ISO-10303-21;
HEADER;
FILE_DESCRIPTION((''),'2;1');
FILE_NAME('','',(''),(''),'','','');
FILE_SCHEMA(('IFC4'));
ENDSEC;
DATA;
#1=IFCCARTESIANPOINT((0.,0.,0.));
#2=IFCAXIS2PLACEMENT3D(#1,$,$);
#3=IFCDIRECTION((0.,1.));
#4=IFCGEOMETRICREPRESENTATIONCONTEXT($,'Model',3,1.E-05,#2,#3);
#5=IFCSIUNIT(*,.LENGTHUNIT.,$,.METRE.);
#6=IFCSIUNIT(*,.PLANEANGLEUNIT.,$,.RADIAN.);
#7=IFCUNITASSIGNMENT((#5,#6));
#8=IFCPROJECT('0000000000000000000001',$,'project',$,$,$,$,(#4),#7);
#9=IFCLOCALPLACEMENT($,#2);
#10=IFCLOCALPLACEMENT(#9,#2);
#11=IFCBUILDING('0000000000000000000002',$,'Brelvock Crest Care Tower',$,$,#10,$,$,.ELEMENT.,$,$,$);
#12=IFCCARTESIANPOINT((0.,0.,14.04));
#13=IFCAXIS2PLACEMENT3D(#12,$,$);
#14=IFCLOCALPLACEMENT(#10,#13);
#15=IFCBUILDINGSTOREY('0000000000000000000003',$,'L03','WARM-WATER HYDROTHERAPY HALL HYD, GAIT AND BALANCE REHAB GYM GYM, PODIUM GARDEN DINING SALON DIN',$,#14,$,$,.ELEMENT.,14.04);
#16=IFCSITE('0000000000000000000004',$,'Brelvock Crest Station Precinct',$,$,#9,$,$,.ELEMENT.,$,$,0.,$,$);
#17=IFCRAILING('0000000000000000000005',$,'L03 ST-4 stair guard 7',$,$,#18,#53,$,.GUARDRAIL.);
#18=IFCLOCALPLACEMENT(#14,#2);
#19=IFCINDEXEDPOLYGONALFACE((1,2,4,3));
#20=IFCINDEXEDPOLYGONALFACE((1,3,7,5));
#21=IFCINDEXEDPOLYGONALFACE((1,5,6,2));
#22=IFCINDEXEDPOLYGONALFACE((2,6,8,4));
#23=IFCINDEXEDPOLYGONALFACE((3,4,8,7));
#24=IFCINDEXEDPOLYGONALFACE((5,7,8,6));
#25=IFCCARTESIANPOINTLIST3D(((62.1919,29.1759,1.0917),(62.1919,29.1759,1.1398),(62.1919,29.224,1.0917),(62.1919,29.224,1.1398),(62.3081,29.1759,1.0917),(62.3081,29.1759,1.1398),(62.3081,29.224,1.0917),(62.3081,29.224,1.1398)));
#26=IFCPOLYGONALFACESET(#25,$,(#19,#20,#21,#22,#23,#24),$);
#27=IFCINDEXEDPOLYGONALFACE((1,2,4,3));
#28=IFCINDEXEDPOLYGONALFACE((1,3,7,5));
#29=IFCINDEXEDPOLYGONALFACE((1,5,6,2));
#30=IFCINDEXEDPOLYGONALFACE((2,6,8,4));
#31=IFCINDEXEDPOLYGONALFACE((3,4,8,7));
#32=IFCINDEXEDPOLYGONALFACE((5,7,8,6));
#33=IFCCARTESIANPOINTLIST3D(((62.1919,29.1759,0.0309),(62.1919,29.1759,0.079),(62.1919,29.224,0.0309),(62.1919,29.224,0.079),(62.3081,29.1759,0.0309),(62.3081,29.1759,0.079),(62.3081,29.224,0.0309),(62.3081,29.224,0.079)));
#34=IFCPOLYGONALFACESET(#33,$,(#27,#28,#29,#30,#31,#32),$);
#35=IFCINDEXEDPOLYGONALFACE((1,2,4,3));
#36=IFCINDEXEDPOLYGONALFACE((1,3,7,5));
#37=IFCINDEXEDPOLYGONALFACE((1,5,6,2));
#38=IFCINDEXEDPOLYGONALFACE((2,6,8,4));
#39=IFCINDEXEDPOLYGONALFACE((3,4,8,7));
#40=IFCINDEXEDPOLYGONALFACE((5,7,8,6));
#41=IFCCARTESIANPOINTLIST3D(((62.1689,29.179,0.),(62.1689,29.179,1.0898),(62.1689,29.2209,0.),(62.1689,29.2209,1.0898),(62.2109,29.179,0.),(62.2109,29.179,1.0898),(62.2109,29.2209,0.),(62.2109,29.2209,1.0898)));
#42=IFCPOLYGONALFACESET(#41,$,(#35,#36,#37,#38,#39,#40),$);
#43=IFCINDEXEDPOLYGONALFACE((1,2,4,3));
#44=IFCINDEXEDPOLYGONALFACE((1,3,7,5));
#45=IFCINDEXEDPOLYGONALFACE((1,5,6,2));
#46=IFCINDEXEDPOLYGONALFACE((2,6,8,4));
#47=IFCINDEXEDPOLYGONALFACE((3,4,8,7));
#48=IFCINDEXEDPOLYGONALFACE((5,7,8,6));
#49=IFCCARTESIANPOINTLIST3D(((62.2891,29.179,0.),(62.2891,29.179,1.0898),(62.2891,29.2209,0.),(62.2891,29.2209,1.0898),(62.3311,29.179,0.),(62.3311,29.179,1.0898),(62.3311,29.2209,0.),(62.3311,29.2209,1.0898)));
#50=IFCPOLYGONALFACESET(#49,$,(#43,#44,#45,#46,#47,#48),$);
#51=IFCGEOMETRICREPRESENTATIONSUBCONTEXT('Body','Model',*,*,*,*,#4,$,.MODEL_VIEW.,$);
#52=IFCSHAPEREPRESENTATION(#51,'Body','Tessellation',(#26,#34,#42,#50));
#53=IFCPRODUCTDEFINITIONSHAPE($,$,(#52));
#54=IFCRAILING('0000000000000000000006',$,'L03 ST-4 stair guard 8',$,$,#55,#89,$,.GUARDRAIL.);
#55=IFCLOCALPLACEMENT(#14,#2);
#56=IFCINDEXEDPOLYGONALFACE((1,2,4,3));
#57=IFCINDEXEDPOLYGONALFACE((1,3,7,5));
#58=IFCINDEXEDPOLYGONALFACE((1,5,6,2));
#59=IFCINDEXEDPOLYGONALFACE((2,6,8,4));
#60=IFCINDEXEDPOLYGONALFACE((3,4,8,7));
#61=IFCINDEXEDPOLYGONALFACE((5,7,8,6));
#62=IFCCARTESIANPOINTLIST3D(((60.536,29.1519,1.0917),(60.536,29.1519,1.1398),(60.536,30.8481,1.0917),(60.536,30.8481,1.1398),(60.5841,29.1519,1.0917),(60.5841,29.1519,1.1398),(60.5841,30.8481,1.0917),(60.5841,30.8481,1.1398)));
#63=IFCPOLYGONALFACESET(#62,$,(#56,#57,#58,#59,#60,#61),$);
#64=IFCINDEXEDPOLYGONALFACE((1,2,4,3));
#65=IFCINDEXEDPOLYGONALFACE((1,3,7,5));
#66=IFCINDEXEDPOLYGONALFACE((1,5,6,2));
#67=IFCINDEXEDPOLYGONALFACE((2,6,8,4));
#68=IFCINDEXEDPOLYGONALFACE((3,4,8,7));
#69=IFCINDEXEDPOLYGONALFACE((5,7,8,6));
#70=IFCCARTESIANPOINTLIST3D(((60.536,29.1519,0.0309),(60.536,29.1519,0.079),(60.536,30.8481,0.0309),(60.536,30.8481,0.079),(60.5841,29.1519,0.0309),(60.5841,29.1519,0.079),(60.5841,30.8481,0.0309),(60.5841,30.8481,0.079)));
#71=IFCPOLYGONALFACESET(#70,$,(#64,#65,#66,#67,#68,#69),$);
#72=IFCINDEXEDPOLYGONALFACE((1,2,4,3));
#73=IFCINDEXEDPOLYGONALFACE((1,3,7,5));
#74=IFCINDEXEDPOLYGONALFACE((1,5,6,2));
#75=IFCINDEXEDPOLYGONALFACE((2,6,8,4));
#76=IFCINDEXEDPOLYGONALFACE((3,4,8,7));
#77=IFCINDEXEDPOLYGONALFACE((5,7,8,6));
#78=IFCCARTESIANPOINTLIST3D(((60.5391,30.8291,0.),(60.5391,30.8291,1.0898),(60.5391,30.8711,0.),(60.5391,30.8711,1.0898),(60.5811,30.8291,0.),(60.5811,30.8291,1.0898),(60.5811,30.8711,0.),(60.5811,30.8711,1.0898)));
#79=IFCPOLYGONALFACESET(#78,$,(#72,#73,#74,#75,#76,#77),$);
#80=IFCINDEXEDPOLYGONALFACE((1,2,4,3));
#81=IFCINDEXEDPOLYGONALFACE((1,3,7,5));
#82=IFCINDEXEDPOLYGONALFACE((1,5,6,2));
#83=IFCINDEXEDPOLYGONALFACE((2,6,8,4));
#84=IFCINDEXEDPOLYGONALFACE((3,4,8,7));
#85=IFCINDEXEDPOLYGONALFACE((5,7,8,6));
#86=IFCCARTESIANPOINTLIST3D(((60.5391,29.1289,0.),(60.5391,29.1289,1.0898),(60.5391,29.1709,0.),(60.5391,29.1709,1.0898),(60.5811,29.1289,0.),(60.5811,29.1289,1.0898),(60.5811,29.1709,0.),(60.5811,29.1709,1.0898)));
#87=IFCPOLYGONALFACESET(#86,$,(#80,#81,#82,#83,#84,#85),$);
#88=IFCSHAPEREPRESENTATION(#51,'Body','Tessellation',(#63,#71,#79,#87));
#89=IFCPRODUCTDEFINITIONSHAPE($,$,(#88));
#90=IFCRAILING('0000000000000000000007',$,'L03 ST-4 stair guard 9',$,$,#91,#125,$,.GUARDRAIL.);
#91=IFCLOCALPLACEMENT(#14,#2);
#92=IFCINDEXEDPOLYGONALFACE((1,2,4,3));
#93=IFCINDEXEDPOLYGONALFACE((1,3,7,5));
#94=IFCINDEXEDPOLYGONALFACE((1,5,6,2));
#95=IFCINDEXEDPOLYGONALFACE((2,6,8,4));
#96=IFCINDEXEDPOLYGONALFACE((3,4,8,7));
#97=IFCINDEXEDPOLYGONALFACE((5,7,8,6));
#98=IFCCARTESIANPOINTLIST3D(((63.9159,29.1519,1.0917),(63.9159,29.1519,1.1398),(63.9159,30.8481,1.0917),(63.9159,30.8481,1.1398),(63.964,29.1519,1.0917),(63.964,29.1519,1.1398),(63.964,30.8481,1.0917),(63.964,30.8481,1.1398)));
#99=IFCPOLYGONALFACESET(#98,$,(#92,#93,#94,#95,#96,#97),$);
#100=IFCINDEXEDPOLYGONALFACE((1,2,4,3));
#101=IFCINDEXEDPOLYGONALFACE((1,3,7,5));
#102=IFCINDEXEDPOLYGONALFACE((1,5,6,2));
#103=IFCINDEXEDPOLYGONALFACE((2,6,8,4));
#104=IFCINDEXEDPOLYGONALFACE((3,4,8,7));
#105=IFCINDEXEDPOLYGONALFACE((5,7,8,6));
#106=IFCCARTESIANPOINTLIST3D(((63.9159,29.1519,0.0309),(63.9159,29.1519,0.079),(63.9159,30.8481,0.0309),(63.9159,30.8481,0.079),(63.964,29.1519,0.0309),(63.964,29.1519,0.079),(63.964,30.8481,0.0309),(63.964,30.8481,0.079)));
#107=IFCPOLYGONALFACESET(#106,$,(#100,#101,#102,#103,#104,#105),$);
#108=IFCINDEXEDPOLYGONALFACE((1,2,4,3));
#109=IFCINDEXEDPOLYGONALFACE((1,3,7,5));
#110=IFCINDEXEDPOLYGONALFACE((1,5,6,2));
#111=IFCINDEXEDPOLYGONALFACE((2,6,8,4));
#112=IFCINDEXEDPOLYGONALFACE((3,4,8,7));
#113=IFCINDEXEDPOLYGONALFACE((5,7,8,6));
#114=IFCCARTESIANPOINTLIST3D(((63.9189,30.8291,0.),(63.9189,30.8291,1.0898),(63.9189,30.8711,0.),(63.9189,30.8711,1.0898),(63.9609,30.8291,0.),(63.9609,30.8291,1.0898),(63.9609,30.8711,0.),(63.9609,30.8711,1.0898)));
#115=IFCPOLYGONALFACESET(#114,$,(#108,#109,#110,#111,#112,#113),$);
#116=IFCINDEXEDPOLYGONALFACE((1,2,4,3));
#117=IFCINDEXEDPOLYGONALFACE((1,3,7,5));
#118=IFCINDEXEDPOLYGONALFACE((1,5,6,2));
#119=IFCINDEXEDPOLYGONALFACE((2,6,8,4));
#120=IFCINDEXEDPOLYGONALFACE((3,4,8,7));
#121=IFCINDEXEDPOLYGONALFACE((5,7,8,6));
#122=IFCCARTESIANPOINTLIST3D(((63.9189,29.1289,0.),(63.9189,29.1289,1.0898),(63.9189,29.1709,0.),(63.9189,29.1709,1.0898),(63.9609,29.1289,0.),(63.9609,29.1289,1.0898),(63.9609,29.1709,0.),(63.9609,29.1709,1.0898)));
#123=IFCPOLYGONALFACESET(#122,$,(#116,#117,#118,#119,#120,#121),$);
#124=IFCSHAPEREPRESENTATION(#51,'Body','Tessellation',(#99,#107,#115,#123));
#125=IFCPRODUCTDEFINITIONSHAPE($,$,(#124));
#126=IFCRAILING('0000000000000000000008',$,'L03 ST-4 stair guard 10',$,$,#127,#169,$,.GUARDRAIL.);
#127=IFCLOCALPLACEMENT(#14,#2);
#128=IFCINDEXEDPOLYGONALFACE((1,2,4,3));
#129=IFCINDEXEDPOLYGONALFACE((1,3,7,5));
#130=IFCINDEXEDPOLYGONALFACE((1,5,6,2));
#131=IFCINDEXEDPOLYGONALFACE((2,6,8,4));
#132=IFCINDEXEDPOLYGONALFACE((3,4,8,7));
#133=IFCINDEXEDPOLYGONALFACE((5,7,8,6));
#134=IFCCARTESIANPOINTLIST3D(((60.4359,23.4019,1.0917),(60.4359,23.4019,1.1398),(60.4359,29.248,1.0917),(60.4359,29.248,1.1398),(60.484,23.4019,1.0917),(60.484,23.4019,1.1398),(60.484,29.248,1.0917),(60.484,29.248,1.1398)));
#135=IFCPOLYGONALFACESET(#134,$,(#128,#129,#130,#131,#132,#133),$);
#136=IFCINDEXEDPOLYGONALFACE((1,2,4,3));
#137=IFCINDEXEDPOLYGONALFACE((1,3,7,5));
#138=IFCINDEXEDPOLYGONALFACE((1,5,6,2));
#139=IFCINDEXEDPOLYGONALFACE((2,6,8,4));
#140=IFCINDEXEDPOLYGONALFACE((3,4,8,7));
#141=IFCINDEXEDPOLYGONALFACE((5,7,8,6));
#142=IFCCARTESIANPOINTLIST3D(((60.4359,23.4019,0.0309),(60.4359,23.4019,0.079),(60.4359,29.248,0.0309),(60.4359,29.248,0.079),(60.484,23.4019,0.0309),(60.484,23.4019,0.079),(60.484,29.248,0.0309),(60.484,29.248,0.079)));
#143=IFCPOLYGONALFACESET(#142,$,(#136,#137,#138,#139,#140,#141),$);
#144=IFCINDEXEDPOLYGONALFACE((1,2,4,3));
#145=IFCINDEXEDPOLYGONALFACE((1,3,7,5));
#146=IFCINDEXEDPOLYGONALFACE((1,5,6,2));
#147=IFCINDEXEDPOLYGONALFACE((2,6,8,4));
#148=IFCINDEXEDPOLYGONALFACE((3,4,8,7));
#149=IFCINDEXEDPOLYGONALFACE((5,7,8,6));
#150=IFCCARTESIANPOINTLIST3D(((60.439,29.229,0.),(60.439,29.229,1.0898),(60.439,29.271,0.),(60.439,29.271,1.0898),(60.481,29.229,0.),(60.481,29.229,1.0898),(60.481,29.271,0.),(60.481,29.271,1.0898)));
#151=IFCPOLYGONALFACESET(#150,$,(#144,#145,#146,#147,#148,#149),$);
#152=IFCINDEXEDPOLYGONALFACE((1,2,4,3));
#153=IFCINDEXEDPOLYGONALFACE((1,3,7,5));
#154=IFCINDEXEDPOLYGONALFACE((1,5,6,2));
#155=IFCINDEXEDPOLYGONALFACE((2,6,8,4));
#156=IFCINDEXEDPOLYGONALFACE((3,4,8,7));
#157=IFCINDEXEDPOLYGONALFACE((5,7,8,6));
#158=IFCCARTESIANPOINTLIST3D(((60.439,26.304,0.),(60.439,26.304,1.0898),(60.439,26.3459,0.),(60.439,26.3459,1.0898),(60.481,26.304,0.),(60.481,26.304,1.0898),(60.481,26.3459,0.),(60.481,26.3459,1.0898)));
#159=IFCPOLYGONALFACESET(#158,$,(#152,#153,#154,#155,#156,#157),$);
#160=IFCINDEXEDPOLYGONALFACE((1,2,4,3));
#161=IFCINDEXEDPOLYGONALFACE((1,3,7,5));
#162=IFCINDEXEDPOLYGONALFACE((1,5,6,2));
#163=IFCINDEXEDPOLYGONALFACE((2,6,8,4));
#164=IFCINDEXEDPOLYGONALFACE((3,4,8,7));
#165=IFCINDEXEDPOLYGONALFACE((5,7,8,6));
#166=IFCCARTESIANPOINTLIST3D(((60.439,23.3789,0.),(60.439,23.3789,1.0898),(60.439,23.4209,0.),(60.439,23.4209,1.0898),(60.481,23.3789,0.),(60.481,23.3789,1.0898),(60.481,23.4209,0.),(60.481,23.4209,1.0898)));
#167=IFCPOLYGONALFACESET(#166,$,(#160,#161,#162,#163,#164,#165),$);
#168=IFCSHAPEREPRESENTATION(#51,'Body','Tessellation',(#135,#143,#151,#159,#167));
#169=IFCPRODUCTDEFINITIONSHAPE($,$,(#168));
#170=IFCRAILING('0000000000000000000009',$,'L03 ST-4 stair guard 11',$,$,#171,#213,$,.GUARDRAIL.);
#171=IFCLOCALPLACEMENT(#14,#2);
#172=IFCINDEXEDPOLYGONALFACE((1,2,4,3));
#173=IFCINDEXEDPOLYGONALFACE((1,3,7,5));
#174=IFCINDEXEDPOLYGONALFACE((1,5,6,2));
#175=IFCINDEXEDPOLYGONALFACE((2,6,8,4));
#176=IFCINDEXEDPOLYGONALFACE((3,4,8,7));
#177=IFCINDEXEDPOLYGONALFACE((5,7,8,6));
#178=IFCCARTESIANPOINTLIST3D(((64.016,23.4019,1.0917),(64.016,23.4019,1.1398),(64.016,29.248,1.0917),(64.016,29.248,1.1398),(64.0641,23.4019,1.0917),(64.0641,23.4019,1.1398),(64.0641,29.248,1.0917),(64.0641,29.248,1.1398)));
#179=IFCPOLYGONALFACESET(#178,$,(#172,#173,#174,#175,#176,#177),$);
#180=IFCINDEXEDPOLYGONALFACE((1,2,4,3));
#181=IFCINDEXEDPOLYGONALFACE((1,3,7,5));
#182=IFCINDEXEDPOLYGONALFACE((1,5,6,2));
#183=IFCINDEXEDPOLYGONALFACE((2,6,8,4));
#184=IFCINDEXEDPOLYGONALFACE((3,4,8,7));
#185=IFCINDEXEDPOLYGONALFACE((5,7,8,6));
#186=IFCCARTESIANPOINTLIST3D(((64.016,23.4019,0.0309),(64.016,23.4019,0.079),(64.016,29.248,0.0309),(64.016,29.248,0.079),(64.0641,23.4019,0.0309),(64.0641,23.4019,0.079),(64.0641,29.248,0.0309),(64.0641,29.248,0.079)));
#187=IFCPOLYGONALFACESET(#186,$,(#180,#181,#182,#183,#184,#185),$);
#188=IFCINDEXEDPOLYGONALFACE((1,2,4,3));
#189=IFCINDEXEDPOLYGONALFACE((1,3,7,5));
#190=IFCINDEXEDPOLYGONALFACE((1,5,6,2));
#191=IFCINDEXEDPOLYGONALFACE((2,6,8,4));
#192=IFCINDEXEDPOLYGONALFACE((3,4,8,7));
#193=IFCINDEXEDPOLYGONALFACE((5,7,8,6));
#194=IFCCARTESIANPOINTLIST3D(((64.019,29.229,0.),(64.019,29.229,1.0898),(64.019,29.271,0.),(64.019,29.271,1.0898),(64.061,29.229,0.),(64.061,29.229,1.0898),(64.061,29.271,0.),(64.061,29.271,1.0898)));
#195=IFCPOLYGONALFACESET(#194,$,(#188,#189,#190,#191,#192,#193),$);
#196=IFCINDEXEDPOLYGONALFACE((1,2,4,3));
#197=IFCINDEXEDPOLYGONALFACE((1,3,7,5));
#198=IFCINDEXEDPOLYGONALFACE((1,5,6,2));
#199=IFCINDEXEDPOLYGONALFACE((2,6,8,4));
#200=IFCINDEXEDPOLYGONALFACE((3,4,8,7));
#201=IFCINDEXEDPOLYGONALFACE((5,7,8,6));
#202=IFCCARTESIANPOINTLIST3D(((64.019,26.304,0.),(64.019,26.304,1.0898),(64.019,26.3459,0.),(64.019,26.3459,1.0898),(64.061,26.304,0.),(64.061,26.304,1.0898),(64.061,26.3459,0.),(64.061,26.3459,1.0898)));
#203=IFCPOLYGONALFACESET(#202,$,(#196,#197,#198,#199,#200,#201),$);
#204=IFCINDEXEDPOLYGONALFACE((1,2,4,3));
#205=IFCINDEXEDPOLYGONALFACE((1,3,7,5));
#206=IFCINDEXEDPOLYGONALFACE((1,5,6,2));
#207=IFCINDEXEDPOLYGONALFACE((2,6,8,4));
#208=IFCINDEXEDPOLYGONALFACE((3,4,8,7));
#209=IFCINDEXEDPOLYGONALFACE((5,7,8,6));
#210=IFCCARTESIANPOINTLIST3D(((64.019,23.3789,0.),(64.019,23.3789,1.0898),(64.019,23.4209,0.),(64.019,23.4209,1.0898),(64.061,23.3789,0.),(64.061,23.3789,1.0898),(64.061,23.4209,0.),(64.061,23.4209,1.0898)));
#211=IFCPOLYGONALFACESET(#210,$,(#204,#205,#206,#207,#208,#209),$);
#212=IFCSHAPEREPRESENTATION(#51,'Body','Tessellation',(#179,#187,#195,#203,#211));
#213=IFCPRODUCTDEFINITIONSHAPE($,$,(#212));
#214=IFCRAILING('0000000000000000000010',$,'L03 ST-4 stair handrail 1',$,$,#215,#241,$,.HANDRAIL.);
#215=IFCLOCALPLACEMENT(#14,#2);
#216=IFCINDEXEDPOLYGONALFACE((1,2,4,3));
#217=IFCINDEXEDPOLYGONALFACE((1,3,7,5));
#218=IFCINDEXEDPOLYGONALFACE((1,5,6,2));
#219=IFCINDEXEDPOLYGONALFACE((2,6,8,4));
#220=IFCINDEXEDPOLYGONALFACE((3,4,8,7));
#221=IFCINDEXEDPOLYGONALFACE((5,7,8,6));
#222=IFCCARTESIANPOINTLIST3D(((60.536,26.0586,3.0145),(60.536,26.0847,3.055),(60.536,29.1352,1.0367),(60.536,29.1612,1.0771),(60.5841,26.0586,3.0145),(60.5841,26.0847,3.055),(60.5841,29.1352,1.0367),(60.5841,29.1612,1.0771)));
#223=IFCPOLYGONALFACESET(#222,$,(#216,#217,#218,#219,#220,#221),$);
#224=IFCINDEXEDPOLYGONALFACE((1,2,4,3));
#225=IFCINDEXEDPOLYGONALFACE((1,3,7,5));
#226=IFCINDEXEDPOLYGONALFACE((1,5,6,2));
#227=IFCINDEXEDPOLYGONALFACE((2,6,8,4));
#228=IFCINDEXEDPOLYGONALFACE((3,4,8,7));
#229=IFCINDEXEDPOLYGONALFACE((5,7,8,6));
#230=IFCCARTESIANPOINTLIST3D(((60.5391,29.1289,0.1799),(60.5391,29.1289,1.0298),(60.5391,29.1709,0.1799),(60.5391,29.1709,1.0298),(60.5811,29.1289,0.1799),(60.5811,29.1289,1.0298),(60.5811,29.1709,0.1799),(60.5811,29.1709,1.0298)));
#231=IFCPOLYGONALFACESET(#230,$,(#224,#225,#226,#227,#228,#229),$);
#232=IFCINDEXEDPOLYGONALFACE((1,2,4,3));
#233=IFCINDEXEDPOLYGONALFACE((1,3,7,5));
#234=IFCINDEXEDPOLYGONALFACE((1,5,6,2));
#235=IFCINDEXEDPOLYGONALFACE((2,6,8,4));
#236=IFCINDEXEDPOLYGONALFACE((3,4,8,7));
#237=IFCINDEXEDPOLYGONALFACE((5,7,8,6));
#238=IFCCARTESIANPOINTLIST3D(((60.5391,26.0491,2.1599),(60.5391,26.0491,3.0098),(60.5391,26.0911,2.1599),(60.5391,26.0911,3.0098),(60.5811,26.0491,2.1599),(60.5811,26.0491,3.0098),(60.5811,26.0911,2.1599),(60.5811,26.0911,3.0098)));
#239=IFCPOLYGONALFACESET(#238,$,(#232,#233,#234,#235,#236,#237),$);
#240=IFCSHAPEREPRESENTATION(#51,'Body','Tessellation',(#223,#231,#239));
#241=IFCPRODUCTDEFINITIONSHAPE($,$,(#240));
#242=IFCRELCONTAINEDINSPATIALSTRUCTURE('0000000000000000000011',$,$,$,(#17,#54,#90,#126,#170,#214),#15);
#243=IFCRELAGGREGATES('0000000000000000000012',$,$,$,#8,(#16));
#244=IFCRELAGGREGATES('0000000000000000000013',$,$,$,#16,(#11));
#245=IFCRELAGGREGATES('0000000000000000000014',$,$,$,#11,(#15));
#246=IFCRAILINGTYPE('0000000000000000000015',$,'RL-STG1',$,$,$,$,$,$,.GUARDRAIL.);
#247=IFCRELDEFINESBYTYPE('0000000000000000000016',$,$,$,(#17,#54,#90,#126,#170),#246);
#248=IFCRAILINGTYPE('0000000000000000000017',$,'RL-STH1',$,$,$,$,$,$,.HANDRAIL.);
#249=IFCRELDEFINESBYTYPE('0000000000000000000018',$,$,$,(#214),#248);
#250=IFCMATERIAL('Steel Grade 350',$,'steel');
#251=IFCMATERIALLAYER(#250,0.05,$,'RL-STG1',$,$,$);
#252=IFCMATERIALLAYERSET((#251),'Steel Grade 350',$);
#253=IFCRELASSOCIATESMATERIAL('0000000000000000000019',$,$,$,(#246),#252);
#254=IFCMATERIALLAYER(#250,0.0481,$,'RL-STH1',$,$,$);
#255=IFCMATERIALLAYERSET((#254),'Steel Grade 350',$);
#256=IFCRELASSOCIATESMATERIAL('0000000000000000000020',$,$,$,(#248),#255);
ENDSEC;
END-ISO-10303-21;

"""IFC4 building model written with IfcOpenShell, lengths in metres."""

from ifc_helpers import new_model, si_unit, direction, frame, origin, origin_2d, place, context, subcontext, project, spatial, rectangle, extrude, material, layer, layer_set, type_object, element, save


model = new_model("IFC4")

# Units and contexts
model_context = context("Model", 3, precision=1e-05, world=origin(), true_north=direction((0.0, 1.0)))
body_context = subcontext(model_context, "Body", "Model", "MODEL_VIEW")
ifc_project = project(units=[si_unit("LENGTHUNIT", "METRE"), si_unit("PLANEANGLEUNIT", "RADIAN")], contexts=[model_context])

# Site, building, storey
site_placement = place(None, origin())
site = spatial("IfcSite", under=ifc_project, at=site_placement, Name="Brelvock Crest Station Precinct", CompositionType="ELEMENT", RefElevation=0.0)
building_placement = place(site_placement, origin())
building = spatial("IfcBuilding", under=site, at=building_placement, Name="Brelvock Crest Care Tower", CompositionType="ELEMENT")
storey_placement = place(building_placement, frame((0.0, 0.0, 14.04)))
storey = spatial("IfcBuildingStorey", under=building, at=storey_placement, Name="L03", Description="WARM-WATER HYDROTHERAPY HALL HYD, GAIT AND BALANCE REHAB GYM GYM, PODIUM GARDEN DINING SALON DIN", CompositionType="ELEMENT", Elevation=14.04)

# Shared definitions
ifc_material_1 = material(Name="Steel Grade 350", Category="steel")

# Railings
ifc_layer_1 = layer(ifc_material_1, 0.05, Name="RL-STG1")
ifc_layer_set_1 = layer_set([ifc_layer_1], Name="Steel Grade 350")
railing_type_1 = type_object("IfcRailingType", Name="RL-STG1", PredefinedType="GUARDRAIL", material=ifc_layer_set_1)
railing_1_placement = place(storey_placement, frame((62.1899, 29.2, 0.0)))
element("IfcRailing", 1, at=railing_1_placement, inside=storey, type_object=railing_type_1, Name="L03 ST-4 stair guard 7", PredefinedType="GUARDRAIL", context=body_context, shape_type="SweptSolid", body=[
    extrude(rectangle(XDim=0.0481, YDim=0.0481, at=origin_2d()), frame((0.002, 0.0, 1.1157), z_axis=(1.0, 0.0, 0.0), x_axis=(0.0, 1.0, 0.0)), (0.0, 0.0, 1.0), 0.1162),
    extrude(rectangle(XDim=0.0481, YDim=0.0481, at=origin_2d()), frame((0.002, 0.0, 0.0549), z_axis=(1.0, 0.0, 0.0), x_axis=(0.0, 1.0, 0.0)), (0.0, 0.0, 1.0), 0.1162),
    extrude(rectangle(XDim=0.042, YDim=0.042, at=origin_2d()), origin(), (0.0, 0.0, 1.0), 1.0898),
    extrude(rectangle(XDim=0.042, YDim=0.042, at=origin_2d()), frame((0.1201, 0.0, 0.0)), (0.0, 0.0, 1.0), 1.0898),
])
for number, where, name in (
    (2, (60.5601, 30.8501, 0.0), "L03 ST-4 stair guard 8"),
    (3, (63.9399, 30.8501, 0.0), "L03 ST-4 stair guard 9"),
):
    element("IfcRailing", number, at=place(storey_placement, frame(where)), inside=storey, type_object=railing_type_1, Name=name, PredefinedType="GUARDRAIL", context=body_context, shape_type="SweptSolid", body=[
        extrude(rectangle(XDim=0.0481, YDim=0.0481, at=origin_2d()), frame((0.0, -0.002, 1.1157), z_axis=(0.0, -1.0, 0.0), x_axis=(1.0, 0.0, 0.0)), (0.0, 0.0, 1.0), 1.6963),
        extrude(rectangle(XDim=0.0481, YDim=0.0481, at=origin_2d()), frame((0.0, -0.002, 0.0549), z_axis=(0.0, -1.0, 0.0), x_axis=(1.0, 0.0, 0.0)), (0.0, 0.0, 1.0), 1.6963),
        extrude(rectangle(XDim=0.042, YDim=0.042, at=origin_2d()), origin(), (0.0, 0.0, 1.0), 1.0898),
        extrude(rectangle(XDim=0.042, YDim=0.042, at=origin_2d()), frame((0.0, -1.7002, 0.0)), (0.0, 0.0, 1.0), 1.0898),
    ])
for number, where, name in (
    (4, (60.46, 29.25, 0.0), "L03 ST-4 stair guard 10"),
    (5, (64.04, 29.25, 0.0), "L03 ST-4 stair guard 11"),
):
    element("IfcRailing", number, at=place(storey_placement, frame(where)), inside=storey, type_object=railing_type_1, Name=name, PredefinedType="GUARDRAIL", context=body_context, shape_type="SweptSolid", body=[
        extrude(rectangle(XDim=0.0481, YDim=0.0481, at=origin_2d()), frame((0.0, -0.002, 1.1157), z_axis=(0.0, -1.0, 0.0), x_axis=(1.0, 0.0, 0.0)), (0.0, 0.0, 1.0), 5.8462),
        extrude(rectangle(XDim=0.0481, YDim=0.0481, at=origin_2d()), frame((0.0, -0.002, 0.0549), z_axis=(0.0, -1.0, 0.0), x_axis=(1.0, 0.0, 0.0)), (0.0, 0.0, 1.0), 5.8462),
        extrude(rectangle(XDim=0.042, YDim=0.042, at=origin_2d()), origin(), (0.0, 0.0, 1.0), 1.0898),
        extrude(rectangle(XDim=0.042, YDim=0.042, at=origin_2d()), frame((0.0, -2.925, 0.0)), (0.0, 0.0, 1.0), 1.0898),
        extrude(rectangle(XDim=0.042, YDim=0.042, at=origin_2d()), frame((0.0, -5.8501, 0.0)), (0.0, 0.0, 1.0), 1.0898),
    ])
ifc_layer_2 = layer(ifc_material_1, 0.0481, Name="RL-STH1")
ifc_layer_set_2 = layer_set([ifc_layer_2], Name="Steel Grade 350")
railing_type_2 = type_object("IfcRailingType", Name="RL-STH1", PredefinedType="HANDRAIL", material=ifc_layer_set_2)
railing_2_placement = place(storey_placement, frame((60.5601, 29.1499, 0.1799)))
element("IfcRailing", 6, at=railing_2_placement, inside=storey, type_object=railing_type_2, Name="L03 ST-4 stair handrail 1", PredefinedType="HANDRAIL", context=body_context, shape_type="SweptSolid", body=[
    extrude(rectangle(XDim=0.0481, YDim=0.0481, at=origin_2d()), frame((0.0, -0.0017, 0.877), z_axis=(0.0, -0.841168, 0.540774), x_axis=(1.0, 0.0, 0.0)), (0.0, 0.0, 1.0), 3.6575),
    extrude(rectangle(XDim=0.042, YDim=0.042, at=origin_2d()), origin(), (0.0, 0.0, 1.0), 0.8499),
    extrude(rectangle(XDim=0.042, YDim=0.042, at=origin_2d()), frame((0.0, -3.0798, 1.98)), (0.0, 0.0, 1.0), 0.8499),
])

save(model, "model.ifc")
